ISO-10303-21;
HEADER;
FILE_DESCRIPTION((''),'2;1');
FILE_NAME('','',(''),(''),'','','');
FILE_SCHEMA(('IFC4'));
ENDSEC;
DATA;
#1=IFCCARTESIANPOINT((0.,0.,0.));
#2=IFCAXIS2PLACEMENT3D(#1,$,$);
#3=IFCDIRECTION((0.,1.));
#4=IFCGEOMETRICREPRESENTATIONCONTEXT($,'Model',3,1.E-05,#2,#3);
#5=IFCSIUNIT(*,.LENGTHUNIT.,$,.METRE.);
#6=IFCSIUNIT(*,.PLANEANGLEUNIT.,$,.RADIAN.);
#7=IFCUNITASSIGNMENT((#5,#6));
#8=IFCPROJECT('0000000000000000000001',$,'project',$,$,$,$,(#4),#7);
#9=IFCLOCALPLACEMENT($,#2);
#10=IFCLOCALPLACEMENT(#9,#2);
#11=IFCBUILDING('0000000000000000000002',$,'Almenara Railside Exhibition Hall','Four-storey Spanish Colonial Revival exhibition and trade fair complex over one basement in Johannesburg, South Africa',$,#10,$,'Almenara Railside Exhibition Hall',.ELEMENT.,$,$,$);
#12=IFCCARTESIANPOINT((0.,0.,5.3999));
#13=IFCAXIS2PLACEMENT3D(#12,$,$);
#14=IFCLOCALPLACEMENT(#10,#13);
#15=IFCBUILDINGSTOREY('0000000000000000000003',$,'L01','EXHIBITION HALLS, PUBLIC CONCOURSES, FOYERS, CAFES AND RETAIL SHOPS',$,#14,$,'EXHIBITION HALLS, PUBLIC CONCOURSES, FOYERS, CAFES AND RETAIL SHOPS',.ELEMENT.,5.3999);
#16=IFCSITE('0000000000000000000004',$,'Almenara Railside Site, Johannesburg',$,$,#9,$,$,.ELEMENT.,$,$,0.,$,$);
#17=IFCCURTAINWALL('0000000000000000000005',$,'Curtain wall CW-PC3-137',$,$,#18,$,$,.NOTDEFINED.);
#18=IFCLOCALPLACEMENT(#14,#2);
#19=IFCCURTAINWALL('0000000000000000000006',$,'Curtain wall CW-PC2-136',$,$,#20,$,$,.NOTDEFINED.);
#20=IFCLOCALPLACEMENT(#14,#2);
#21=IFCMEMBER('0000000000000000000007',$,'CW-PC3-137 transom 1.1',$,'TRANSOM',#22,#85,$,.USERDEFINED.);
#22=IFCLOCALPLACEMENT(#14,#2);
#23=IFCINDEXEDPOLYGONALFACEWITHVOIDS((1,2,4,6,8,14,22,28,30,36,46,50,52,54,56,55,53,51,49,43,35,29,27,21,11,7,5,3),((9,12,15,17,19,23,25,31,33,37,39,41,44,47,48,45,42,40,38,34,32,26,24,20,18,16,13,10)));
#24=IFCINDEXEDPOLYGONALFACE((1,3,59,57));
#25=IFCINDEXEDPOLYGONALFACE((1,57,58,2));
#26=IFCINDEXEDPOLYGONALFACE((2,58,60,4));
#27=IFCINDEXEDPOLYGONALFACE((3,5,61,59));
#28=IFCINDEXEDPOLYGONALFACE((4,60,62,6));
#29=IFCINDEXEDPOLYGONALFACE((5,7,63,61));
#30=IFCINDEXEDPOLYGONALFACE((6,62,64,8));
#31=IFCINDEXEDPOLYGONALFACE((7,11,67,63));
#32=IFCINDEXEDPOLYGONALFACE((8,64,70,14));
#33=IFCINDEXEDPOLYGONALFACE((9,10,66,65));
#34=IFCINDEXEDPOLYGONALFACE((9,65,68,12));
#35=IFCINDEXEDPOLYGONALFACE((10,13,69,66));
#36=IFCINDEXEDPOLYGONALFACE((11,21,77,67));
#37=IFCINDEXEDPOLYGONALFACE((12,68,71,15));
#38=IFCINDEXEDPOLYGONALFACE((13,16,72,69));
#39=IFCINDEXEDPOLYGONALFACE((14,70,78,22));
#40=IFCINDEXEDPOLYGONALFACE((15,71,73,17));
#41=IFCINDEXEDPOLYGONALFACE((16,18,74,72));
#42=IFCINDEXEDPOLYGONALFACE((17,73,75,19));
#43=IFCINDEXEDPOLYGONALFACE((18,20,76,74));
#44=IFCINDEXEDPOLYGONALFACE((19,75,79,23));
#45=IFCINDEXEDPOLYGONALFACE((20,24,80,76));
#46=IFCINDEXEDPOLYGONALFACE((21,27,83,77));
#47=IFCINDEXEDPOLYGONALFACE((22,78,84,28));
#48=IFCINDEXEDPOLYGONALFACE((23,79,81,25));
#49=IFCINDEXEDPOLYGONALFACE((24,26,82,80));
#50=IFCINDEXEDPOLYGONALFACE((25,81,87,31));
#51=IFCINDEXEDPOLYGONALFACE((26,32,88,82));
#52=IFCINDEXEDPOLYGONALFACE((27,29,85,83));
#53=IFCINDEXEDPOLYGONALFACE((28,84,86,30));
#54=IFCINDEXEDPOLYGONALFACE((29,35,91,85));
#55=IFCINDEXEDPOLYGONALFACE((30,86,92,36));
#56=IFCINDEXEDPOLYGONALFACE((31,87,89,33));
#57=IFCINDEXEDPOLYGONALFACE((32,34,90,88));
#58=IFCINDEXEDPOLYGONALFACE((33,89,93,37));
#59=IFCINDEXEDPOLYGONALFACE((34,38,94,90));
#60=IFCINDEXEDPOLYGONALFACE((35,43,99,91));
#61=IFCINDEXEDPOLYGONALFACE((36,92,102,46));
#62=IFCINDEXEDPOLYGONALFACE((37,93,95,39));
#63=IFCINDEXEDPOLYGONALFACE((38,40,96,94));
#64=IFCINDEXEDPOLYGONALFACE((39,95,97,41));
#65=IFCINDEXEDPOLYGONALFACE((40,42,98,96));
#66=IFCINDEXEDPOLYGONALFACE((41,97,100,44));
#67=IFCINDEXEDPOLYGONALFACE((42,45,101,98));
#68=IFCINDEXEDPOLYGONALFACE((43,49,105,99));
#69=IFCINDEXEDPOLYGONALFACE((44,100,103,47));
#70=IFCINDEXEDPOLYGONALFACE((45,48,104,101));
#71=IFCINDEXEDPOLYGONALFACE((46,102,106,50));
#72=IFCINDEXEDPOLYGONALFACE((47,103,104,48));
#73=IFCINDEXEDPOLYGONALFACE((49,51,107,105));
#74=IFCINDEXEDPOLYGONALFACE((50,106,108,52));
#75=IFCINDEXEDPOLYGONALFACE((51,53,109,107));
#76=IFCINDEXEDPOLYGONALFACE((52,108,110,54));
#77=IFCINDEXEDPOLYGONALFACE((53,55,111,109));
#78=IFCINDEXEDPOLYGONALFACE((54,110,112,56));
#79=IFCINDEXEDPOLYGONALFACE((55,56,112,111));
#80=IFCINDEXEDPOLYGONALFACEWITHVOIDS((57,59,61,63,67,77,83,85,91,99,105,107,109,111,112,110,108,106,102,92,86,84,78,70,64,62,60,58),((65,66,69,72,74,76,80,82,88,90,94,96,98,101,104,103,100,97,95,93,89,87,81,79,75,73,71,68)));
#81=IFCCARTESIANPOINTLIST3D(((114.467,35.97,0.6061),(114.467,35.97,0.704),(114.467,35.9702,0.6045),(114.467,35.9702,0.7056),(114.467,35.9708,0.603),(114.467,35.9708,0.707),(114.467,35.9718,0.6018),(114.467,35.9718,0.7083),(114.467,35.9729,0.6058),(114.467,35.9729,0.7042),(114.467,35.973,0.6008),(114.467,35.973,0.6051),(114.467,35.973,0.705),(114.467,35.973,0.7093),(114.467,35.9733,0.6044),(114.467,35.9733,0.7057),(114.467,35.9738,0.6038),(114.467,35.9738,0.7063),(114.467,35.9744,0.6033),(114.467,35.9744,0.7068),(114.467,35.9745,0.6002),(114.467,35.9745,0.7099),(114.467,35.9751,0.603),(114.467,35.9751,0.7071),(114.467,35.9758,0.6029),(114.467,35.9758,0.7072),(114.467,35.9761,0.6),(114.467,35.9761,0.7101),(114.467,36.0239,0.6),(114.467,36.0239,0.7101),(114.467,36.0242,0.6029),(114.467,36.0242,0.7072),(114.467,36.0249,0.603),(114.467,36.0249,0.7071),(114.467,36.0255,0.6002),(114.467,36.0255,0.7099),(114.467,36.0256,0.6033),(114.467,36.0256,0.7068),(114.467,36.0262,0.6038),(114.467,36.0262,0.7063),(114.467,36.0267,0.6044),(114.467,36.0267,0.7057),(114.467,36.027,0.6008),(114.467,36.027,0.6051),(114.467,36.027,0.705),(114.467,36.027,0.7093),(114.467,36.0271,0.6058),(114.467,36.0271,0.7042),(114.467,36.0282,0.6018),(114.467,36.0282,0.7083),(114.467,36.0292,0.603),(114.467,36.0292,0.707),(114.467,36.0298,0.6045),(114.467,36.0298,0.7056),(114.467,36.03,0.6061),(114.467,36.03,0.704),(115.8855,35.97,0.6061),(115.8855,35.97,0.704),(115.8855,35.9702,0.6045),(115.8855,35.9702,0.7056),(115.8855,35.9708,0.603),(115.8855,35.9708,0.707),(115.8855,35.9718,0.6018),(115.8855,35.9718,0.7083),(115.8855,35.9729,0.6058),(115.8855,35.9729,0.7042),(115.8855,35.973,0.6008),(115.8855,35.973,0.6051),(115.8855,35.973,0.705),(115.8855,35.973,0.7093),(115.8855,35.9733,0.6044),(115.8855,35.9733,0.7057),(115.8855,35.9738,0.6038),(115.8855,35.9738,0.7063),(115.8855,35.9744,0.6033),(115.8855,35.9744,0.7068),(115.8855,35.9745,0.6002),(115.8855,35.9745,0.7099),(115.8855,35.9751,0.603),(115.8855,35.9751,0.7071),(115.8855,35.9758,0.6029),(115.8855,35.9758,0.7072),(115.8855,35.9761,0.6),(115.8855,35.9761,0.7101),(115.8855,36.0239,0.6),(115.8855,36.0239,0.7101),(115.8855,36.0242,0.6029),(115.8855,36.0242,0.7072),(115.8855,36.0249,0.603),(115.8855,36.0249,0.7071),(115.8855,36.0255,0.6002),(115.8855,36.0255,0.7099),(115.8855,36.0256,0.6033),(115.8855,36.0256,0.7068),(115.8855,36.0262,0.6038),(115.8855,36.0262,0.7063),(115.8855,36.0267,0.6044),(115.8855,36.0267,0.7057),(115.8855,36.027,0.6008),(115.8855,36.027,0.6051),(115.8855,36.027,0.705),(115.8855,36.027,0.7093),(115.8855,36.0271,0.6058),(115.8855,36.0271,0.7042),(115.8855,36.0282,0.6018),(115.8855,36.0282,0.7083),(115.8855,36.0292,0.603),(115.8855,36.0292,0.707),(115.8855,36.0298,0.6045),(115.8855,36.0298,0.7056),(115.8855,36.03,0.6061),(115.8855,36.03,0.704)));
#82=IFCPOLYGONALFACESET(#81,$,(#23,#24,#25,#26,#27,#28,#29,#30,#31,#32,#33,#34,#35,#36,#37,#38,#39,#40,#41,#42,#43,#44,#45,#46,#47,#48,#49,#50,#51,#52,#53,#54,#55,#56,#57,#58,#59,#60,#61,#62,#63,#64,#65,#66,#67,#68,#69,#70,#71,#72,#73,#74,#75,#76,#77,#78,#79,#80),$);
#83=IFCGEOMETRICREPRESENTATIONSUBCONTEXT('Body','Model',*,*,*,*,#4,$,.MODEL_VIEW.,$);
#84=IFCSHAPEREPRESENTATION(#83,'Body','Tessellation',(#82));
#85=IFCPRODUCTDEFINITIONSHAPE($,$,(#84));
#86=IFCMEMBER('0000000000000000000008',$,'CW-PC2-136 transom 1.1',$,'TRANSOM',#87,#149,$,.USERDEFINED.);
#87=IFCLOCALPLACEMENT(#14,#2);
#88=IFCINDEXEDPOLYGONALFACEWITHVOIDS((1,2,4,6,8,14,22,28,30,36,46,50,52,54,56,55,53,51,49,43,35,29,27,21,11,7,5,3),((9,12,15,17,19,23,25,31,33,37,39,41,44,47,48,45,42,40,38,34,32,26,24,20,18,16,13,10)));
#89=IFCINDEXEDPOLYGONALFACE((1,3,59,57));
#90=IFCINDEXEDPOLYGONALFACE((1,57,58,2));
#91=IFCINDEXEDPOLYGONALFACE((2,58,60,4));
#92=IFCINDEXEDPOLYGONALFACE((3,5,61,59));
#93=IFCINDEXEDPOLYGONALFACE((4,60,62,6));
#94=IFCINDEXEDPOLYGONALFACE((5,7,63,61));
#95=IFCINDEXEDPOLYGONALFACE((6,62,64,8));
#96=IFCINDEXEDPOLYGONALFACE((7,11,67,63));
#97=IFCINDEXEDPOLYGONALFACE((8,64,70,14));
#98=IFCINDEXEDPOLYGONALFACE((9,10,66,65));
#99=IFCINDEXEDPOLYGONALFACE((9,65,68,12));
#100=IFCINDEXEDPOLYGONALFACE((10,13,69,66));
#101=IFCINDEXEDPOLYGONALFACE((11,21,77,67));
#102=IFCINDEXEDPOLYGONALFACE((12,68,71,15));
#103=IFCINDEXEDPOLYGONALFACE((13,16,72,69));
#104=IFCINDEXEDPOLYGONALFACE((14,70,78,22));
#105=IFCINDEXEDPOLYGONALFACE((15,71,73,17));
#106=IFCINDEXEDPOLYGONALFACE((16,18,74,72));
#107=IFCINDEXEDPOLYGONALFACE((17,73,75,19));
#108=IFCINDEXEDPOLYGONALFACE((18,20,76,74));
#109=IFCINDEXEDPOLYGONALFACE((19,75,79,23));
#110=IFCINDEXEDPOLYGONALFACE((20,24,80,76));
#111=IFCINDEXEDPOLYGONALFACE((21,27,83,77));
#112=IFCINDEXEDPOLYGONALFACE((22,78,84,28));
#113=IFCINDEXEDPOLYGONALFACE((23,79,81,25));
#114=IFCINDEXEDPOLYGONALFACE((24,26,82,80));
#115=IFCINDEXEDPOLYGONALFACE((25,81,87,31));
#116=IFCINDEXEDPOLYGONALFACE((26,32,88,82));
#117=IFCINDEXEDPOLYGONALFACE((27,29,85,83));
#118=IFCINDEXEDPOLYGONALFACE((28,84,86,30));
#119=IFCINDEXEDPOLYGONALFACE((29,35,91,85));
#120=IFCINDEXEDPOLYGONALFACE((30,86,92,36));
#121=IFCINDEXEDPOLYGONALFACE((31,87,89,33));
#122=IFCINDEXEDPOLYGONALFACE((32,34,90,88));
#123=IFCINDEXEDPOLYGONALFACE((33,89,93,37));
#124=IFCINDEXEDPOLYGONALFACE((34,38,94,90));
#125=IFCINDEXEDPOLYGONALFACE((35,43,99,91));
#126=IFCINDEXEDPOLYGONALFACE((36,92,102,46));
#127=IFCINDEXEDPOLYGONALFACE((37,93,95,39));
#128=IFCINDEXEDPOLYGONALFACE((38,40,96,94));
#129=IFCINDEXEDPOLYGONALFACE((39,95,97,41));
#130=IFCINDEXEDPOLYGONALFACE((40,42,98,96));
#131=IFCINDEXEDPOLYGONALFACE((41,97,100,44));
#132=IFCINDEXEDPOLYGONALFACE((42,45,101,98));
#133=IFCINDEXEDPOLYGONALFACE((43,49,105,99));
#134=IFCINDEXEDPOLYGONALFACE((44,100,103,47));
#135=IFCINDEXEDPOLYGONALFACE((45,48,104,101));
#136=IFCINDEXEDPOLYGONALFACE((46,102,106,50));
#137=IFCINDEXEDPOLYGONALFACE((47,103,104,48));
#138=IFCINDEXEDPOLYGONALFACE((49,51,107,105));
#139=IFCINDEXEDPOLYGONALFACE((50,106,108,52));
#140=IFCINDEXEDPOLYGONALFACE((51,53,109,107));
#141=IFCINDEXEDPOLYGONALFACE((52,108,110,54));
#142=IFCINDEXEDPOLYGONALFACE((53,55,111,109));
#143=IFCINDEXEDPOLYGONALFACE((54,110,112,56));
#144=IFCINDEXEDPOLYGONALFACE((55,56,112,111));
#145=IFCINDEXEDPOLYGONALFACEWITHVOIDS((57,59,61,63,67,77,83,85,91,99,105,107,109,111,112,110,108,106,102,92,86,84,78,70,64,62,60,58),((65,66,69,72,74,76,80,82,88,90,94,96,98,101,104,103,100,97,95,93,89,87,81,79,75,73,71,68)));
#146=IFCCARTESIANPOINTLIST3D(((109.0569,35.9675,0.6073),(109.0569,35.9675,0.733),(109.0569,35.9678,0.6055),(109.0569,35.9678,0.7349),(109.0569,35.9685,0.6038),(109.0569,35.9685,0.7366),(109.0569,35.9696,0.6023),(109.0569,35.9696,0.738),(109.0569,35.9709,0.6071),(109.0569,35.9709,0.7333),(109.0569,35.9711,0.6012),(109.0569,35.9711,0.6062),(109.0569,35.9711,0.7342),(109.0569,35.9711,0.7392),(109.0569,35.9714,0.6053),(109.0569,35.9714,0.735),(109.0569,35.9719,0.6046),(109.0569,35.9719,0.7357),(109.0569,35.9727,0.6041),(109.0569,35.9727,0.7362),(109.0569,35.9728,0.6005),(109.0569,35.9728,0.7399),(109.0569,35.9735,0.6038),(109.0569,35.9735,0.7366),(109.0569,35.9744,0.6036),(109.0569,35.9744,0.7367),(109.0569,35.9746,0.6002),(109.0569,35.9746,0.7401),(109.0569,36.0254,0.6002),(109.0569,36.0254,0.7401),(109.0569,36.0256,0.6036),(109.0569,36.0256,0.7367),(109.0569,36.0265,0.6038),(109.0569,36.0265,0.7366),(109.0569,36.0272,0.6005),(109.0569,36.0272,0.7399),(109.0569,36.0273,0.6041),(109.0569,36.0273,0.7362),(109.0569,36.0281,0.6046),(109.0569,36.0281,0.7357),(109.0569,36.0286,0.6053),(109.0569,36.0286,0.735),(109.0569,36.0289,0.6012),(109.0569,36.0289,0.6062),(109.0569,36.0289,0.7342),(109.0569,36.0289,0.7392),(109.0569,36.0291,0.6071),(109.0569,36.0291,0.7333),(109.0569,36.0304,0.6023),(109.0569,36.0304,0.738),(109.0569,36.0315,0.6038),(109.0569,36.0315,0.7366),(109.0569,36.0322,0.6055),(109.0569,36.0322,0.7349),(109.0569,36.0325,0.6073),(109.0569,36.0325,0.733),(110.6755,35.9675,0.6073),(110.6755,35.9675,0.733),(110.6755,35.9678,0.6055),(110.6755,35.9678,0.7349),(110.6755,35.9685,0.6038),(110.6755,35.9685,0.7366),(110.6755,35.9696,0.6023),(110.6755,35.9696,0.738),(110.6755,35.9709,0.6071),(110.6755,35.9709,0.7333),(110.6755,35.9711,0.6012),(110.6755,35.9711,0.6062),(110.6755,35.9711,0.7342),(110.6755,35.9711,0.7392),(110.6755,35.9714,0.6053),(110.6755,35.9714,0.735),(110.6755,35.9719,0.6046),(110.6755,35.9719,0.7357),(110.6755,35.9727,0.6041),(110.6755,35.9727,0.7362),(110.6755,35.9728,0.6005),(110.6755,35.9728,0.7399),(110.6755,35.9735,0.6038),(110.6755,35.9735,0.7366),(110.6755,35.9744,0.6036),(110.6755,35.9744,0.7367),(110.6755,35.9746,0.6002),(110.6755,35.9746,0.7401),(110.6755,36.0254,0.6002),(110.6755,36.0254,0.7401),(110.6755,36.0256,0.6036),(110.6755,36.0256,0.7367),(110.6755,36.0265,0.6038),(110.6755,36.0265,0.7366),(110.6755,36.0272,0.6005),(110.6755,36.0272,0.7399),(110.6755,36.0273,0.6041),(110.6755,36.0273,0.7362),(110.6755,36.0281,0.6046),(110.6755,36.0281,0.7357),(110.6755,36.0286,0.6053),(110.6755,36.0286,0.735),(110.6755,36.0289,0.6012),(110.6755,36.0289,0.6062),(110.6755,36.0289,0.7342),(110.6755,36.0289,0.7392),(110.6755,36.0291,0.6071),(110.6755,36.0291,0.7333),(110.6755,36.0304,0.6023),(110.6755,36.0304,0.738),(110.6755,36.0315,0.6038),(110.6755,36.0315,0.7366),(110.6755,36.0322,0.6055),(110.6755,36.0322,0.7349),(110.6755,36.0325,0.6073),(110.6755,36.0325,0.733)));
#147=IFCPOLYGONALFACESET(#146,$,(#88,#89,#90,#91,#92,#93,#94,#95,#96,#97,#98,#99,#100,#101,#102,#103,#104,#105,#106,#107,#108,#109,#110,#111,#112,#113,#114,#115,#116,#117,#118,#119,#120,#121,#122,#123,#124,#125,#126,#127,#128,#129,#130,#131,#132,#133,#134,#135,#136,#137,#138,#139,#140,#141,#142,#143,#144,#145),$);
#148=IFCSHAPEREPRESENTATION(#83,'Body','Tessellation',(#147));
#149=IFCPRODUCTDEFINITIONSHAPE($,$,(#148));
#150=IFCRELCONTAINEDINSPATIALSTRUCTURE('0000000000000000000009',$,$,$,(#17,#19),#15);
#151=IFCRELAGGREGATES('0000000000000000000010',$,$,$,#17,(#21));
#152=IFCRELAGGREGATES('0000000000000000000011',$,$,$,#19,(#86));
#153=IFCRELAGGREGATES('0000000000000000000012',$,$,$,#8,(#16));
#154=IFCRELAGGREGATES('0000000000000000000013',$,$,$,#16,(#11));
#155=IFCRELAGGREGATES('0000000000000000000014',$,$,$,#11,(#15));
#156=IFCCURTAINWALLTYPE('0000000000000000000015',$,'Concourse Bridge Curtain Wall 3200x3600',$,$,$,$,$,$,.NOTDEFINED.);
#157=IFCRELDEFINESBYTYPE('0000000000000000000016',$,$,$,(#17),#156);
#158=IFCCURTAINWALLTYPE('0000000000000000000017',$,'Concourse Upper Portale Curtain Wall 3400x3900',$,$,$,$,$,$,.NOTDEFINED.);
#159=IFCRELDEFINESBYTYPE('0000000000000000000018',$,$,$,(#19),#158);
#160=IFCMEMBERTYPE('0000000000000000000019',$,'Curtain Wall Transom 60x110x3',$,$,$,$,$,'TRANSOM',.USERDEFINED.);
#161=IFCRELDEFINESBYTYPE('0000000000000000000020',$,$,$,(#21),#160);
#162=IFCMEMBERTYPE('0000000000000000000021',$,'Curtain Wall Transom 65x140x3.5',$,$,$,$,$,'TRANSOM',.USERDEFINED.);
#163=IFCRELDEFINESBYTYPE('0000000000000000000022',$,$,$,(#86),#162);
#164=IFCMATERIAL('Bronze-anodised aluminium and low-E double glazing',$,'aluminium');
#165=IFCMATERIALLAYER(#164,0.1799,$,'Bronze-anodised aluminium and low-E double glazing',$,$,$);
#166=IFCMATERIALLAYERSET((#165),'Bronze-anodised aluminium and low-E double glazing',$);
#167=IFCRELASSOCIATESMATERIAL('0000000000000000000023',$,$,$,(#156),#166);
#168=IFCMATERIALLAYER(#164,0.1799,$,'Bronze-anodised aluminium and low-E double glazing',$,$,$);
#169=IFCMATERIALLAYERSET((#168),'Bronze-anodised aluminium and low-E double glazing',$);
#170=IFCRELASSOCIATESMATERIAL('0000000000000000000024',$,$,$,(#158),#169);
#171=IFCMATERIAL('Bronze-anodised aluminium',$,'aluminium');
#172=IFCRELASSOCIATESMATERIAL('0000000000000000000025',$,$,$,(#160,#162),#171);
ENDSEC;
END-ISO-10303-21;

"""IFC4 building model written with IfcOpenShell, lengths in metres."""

from ifc_helpers import new_model, si_unit, direction, frame, origin, origin_2d, place, context, subcontext, project, spatial, hollow_rectangle, extrude, material, layer, layer_set, material_profile, profile_set, type_object, element, aggregate, save


model = new_model("IFC4")

# Units and contexts
model_context = context("Model", 3, precision=1e-05, world=origin(), true_north=direction((0.0, 1.0)))
body_context = subcontext(model_context, "Body", "Model", "MODEL_VIEW")
ifc_project = project(units=[si_unit("LENGTHUNIT", "METRE"), si_unit("PLANEANGLEUNIT", "RADIAN")], contexts=[model_context])

# Site, building, storey
site_placement = place(None, origin())
site = spatial("IfcSite", under=ifc_project, at=site_placement, Name="Almenara Railside Site, Johannesburg", CompositionType="ELEMENT", RefElevation=0.0)
building_placement = place(site_placement, origin())
building = spatial("IfcBuilding", under=site, at=building_placement, Name="Almenara Railside Exhibition Hall", Description="Four-storey Spanish Colonial Revival exhibition and trade fair complex over one basement in Johannesburg, South Africa", LongName="Almenara Railside Exhibition Hall", CompositionType="ELEMENT")
storey_placement = place(building_placement, frame((0.0, 0.0, 5.3999)))
storey = spatial("IfcBuildingStorey", under=building, at=storey_placement, Name="L01", Description="EXHIBITION HALLS, PUBLIC CONCOURSES, FOYERS, CAFES AND RETAIL SHOPS", LongName="EXHIBITION HALLS, PUBLIC CONCOURSES, FOYERS, CAFES AND RETAIL SHOPS", CompositionType="ELEMENT", Elevation=5.3999)

# Curtain wall
ifc_material_1 = material(Name="Bronze-anodised aluminium and low-E double glazing", Category="aluminium")
ifc_layer_1 = layer(ifc_material_1, 0.1799, Name="Bronze-anodised aluminium and low-E double glazing")
ifc_layer_set_1 = layer_set([ifc_layer_1], Name="Bronze-anodised aluminium and low-E double glazing")
curtain_wall_type_1 = type_object("IfcCurtainWallType", Name="Concourse Bridge Curtain Wall 3200x3600", PredefinedType="NOTDEFINED", material=ifc_layer_set_1)
curtain_wall_1_placement = place(storey_placement, origin())
curtain_wall_1 = element("IfcCurtainWall", 1, at=curtain_wall_1_placement, inside=storey, type_object=curtain_wall_type_1, Name="Curtain wall CW-PC3-137", PredefinedType="NOTDEFINED")
ifc_material_2 = material(Name="Bronze-anodised aluminium", Category="aluminium")

# Curtain wall
ifc_layer_2 = layer(ifc_material_1, 0.1799, Name="Bronze-anodised aluminium and low-E double glazing")
ifc_layer_set_2 = layer_set([ifc_layer_2], Name="Bronze-anodised aluminium and low-E double glazing")
curtain_wall_type_2 = type_object("IfcCurtainWallType", Name="Concourse Upper Portale Curtain Wall 3400x3900", PredefinedType="NOTDEFINED", material=ifc_layer_set_2)
curtain_wall_2_placement = place(storey_placement, origin())
curtain_wall_2 = element("IfcCurtainWall", 2, at=curtain_wall_2_placement, inside=storey, type_object=curtain_wall_type_2, Name="Curtain wall CW-PC2-136", PredefinedType="NOTDEFINED")

# Members
ifc_material_profile_1 = material_profile(ifc_material_2, hollow_rectangle(XDim=0.0601, YDim=0.1101, WallThickness=0.0029, InnerFilletRadius=0.0029, OuterFilletRadius=0.0061, at=origin_2d()), Name="ALU-TRN 60x110x3")
ifc_profile_set_1 = profile_set([ifc_material_profile_1], Name="Bronze-anodised aluminium")
member_type_1 = type_object("IfcMemberType", Name="Curtain Wall Transom 60x110x3", ElementType="TRANSOM", PredefinedType="USERDEFINED", material=ifc_profile_set_1)
member_1_placement = place(storey_placement, frame((114.467, 36.0, 0.655), z_axis=(1.0, 0.0, 0.0), x_axis=(0.0, 1.0, 0.0)))
member_1 = element("IfcMember", 3, at=member_1_placement, type_object=member_type_1, Name="CW-PC3-137 transom 1.1", ObjectType="TRANSOM", PredefinedType="USERDEFINED", context=body_context, shape_type="SweptSolid", body=[
    extrude(hollow_rectangle(XDim=0.0601, YDim=0.1101, WallThickness=0.0029, InnerFilletRadius=0.0029, OuterFilletRadius=0.0061, at=origin_2d()), origin(), (0.0, 0.0, 1.0), 1.4185),
])
aggregate(curtain_wall_1, [member_1])
ifc_material_profile_2 = material_profile(ifc_material_2, hollow_rectangle(XDim=0.0649, YDim=0.1399, WallThickness=0.0034, InnerFilletRadius=0.0034, OuterFilletRadius=0.0071, at=origin_2d()), Name="ALU-TRN 65x140x3.5")
ifc_profile_set_2 = profile_set([ifc_material_profile_2], Name="Bronze-anodised aluminium")
member_type_2 = type_object("IfcMemberType", Name="Curtain Wall Transom 65x140x3.5", ElementType="TRANSOM", PredefinedType="USERDEFINED", material=ifc_profile_set_2)
member_2_placement = place(storey_placement, frame((109.0569, 36.0, 0.6702), z_axis=(1.0, 0.0, 0.0), x_axis=(0.0, 1.0, 0.0)))
member_2 = element("IfcMember", 4, at=member_2_placement, type_object=member_type_2, Name="CW-PC2-136 transom 1.1", ObjectType="TRANSOM", PredefinedType="USERDEFINED", context=body_context, shape_type="SweptSolid", body=[
    extrude(hollow_rectangle(XDim=0.0649, YDim=0.1399, WallThickness=0.0034, InnerFilletRadius=0.0034, OuterFilletRadius=0.0071, at=origin_2d()), origin(), (0.0, 0.0, 1.0), 1.6187),
])

aggregate(curtain_wall_2, [member_2])

save(model, "model.ifc")
